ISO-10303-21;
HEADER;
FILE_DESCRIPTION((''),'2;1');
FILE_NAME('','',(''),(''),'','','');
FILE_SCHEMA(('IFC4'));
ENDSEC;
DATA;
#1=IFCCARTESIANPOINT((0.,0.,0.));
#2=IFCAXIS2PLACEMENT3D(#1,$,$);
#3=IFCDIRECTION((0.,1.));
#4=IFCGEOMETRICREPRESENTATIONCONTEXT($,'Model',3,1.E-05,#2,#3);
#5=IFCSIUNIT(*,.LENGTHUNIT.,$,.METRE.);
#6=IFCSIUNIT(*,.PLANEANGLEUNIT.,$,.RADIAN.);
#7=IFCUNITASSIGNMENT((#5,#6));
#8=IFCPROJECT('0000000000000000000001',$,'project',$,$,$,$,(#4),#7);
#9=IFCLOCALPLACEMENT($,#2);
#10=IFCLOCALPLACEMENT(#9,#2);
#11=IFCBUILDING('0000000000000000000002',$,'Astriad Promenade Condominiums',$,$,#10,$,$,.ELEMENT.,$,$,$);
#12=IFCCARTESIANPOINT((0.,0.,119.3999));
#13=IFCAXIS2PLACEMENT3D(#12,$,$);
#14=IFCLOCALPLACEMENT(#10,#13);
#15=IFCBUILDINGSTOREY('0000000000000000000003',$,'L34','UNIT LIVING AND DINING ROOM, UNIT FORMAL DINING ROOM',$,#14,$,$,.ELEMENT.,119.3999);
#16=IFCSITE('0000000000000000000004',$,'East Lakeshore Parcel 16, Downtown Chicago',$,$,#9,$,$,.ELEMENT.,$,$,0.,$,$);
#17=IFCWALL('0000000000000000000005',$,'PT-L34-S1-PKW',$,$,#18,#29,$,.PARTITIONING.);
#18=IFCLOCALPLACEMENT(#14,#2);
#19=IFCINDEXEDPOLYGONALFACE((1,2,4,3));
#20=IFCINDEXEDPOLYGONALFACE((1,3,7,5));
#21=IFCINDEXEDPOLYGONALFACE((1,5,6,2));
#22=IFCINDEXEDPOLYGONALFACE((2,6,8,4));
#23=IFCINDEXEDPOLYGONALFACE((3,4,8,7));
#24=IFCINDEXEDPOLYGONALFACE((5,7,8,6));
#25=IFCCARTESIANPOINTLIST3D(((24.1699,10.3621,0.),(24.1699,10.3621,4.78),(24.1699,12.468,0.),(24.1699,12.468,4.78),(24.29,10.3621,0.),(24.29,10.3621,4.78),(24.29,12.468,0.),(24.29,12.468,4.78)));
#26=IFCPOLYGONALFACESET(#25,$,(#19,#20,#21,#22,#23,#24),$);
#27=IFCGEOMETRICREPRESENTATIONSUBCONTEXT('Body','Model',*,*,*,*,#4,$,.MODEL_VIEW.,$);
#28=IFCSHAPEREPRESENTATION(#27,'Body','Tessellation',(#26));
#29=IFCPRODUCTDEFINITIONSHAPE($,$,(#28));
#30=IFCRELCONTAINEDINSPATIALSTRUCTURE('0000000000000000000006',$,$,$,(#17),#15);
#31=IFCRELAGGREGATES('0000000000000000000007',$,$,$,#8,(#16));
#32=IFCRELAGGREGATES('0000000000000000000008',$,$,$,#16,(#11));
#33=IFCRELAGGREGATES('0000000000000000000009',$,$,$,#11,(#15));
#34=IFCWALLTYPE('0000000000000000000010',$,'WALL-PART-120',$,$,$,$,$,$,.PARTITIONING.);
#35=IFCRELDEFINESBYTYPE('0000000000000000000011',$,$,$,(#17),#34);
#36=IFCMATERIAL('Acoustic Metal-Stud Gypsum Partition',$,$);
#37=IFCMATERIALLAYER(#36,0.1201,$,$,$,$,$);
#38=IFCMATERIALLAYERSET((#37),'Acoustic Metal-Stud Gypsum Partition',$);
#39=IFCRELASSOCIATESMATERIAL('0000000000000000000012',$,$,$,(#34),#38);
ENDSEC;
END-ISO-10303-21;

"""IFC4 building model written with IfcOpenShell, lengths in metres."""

from ifc_helpers import new_model, si_unit, direction, frame, frame_2d, origin, place, context, subcontext, project, spatial, rectangle, extrude, material, layer, layer_set, type_object, element, save


model = new_model("IFC4")

# Units and contexts
model_context = context("Model", 3, precision=1e-05, world=origin(), true_north=direction((0.0, 1.0)))
body_context = subcontext(model_context, "Body", "Model", "MODEL_VIEW")
ifc_project = project(units=[si_unit("LENGTHUNIT", "METRE"), si_unit("PLANEANGLEUNIT", "RADIAN")], contexts=[model_context])

# Site, building, storey
site_placement = place(None, origin())
site = spatial("IfcSite", under=ifc_project, at=site_placement, Name="East Lakeshore Parcel 16, Downtown Chicago", CompositionType="ELEMENT", RefElevation=0.0)
building_placement = place(site_placement, origin())
building = spatial("IfcBuilding", under=site, at=building_placement, Name="Astriad Promenade Condominiums", CompositionType="ELEMENT")
storey_placement = place(building_placement, frame((0.0, 0.0, 119.3999)))
storey = spatial("IfcBuildingStorey", under=building, at=storey_placement, Name="L34", Description="UNIT LIVING AND DINING ROOM, UNIT FORMAL DINING ROOM", CompositionType="ELEMENT", Elevation=119.3999)

# Shared definitions
ifc_material_1 = material(Name="Acoustic Metal-Stud Gypsum Partition")
ifc_layer_1 = layer(ifc_material_1, 0.1201)
ifc_layer_set_1 = layer_set([ifc_layer_1], Name="Acoustic Metal-Stud Gypsum Partition")
wall_type_1 = type_object("IfcWallType", Name="WALL-PART-120", PredefinedType="PARTITIONING", material=ifc_layer_set_1)

# Wall
wall_1_placement = place(storey_placement, frame((24.23, 10.3621, 0.0), z_axis=(0.0, 0.0, 1.0), x_axis=(0.0, 1.0, 0.0)))
element("IfcWall", 1, at=wall_1_placement, inside=storey, type_object=wall_type_1, Name="PT-L34-S1-PKW", PredefinedType="PARTITIONING", context=body_context, shape_type="SweptSolid", body=[
    extrude(rectangle(XDim=2.106, YDim=0.1201, at=frame_2d((1.053, 0.0))), origin(), (0.0, 0.0, 1.0), 4.78),
])

save(model, "model.ifc")
